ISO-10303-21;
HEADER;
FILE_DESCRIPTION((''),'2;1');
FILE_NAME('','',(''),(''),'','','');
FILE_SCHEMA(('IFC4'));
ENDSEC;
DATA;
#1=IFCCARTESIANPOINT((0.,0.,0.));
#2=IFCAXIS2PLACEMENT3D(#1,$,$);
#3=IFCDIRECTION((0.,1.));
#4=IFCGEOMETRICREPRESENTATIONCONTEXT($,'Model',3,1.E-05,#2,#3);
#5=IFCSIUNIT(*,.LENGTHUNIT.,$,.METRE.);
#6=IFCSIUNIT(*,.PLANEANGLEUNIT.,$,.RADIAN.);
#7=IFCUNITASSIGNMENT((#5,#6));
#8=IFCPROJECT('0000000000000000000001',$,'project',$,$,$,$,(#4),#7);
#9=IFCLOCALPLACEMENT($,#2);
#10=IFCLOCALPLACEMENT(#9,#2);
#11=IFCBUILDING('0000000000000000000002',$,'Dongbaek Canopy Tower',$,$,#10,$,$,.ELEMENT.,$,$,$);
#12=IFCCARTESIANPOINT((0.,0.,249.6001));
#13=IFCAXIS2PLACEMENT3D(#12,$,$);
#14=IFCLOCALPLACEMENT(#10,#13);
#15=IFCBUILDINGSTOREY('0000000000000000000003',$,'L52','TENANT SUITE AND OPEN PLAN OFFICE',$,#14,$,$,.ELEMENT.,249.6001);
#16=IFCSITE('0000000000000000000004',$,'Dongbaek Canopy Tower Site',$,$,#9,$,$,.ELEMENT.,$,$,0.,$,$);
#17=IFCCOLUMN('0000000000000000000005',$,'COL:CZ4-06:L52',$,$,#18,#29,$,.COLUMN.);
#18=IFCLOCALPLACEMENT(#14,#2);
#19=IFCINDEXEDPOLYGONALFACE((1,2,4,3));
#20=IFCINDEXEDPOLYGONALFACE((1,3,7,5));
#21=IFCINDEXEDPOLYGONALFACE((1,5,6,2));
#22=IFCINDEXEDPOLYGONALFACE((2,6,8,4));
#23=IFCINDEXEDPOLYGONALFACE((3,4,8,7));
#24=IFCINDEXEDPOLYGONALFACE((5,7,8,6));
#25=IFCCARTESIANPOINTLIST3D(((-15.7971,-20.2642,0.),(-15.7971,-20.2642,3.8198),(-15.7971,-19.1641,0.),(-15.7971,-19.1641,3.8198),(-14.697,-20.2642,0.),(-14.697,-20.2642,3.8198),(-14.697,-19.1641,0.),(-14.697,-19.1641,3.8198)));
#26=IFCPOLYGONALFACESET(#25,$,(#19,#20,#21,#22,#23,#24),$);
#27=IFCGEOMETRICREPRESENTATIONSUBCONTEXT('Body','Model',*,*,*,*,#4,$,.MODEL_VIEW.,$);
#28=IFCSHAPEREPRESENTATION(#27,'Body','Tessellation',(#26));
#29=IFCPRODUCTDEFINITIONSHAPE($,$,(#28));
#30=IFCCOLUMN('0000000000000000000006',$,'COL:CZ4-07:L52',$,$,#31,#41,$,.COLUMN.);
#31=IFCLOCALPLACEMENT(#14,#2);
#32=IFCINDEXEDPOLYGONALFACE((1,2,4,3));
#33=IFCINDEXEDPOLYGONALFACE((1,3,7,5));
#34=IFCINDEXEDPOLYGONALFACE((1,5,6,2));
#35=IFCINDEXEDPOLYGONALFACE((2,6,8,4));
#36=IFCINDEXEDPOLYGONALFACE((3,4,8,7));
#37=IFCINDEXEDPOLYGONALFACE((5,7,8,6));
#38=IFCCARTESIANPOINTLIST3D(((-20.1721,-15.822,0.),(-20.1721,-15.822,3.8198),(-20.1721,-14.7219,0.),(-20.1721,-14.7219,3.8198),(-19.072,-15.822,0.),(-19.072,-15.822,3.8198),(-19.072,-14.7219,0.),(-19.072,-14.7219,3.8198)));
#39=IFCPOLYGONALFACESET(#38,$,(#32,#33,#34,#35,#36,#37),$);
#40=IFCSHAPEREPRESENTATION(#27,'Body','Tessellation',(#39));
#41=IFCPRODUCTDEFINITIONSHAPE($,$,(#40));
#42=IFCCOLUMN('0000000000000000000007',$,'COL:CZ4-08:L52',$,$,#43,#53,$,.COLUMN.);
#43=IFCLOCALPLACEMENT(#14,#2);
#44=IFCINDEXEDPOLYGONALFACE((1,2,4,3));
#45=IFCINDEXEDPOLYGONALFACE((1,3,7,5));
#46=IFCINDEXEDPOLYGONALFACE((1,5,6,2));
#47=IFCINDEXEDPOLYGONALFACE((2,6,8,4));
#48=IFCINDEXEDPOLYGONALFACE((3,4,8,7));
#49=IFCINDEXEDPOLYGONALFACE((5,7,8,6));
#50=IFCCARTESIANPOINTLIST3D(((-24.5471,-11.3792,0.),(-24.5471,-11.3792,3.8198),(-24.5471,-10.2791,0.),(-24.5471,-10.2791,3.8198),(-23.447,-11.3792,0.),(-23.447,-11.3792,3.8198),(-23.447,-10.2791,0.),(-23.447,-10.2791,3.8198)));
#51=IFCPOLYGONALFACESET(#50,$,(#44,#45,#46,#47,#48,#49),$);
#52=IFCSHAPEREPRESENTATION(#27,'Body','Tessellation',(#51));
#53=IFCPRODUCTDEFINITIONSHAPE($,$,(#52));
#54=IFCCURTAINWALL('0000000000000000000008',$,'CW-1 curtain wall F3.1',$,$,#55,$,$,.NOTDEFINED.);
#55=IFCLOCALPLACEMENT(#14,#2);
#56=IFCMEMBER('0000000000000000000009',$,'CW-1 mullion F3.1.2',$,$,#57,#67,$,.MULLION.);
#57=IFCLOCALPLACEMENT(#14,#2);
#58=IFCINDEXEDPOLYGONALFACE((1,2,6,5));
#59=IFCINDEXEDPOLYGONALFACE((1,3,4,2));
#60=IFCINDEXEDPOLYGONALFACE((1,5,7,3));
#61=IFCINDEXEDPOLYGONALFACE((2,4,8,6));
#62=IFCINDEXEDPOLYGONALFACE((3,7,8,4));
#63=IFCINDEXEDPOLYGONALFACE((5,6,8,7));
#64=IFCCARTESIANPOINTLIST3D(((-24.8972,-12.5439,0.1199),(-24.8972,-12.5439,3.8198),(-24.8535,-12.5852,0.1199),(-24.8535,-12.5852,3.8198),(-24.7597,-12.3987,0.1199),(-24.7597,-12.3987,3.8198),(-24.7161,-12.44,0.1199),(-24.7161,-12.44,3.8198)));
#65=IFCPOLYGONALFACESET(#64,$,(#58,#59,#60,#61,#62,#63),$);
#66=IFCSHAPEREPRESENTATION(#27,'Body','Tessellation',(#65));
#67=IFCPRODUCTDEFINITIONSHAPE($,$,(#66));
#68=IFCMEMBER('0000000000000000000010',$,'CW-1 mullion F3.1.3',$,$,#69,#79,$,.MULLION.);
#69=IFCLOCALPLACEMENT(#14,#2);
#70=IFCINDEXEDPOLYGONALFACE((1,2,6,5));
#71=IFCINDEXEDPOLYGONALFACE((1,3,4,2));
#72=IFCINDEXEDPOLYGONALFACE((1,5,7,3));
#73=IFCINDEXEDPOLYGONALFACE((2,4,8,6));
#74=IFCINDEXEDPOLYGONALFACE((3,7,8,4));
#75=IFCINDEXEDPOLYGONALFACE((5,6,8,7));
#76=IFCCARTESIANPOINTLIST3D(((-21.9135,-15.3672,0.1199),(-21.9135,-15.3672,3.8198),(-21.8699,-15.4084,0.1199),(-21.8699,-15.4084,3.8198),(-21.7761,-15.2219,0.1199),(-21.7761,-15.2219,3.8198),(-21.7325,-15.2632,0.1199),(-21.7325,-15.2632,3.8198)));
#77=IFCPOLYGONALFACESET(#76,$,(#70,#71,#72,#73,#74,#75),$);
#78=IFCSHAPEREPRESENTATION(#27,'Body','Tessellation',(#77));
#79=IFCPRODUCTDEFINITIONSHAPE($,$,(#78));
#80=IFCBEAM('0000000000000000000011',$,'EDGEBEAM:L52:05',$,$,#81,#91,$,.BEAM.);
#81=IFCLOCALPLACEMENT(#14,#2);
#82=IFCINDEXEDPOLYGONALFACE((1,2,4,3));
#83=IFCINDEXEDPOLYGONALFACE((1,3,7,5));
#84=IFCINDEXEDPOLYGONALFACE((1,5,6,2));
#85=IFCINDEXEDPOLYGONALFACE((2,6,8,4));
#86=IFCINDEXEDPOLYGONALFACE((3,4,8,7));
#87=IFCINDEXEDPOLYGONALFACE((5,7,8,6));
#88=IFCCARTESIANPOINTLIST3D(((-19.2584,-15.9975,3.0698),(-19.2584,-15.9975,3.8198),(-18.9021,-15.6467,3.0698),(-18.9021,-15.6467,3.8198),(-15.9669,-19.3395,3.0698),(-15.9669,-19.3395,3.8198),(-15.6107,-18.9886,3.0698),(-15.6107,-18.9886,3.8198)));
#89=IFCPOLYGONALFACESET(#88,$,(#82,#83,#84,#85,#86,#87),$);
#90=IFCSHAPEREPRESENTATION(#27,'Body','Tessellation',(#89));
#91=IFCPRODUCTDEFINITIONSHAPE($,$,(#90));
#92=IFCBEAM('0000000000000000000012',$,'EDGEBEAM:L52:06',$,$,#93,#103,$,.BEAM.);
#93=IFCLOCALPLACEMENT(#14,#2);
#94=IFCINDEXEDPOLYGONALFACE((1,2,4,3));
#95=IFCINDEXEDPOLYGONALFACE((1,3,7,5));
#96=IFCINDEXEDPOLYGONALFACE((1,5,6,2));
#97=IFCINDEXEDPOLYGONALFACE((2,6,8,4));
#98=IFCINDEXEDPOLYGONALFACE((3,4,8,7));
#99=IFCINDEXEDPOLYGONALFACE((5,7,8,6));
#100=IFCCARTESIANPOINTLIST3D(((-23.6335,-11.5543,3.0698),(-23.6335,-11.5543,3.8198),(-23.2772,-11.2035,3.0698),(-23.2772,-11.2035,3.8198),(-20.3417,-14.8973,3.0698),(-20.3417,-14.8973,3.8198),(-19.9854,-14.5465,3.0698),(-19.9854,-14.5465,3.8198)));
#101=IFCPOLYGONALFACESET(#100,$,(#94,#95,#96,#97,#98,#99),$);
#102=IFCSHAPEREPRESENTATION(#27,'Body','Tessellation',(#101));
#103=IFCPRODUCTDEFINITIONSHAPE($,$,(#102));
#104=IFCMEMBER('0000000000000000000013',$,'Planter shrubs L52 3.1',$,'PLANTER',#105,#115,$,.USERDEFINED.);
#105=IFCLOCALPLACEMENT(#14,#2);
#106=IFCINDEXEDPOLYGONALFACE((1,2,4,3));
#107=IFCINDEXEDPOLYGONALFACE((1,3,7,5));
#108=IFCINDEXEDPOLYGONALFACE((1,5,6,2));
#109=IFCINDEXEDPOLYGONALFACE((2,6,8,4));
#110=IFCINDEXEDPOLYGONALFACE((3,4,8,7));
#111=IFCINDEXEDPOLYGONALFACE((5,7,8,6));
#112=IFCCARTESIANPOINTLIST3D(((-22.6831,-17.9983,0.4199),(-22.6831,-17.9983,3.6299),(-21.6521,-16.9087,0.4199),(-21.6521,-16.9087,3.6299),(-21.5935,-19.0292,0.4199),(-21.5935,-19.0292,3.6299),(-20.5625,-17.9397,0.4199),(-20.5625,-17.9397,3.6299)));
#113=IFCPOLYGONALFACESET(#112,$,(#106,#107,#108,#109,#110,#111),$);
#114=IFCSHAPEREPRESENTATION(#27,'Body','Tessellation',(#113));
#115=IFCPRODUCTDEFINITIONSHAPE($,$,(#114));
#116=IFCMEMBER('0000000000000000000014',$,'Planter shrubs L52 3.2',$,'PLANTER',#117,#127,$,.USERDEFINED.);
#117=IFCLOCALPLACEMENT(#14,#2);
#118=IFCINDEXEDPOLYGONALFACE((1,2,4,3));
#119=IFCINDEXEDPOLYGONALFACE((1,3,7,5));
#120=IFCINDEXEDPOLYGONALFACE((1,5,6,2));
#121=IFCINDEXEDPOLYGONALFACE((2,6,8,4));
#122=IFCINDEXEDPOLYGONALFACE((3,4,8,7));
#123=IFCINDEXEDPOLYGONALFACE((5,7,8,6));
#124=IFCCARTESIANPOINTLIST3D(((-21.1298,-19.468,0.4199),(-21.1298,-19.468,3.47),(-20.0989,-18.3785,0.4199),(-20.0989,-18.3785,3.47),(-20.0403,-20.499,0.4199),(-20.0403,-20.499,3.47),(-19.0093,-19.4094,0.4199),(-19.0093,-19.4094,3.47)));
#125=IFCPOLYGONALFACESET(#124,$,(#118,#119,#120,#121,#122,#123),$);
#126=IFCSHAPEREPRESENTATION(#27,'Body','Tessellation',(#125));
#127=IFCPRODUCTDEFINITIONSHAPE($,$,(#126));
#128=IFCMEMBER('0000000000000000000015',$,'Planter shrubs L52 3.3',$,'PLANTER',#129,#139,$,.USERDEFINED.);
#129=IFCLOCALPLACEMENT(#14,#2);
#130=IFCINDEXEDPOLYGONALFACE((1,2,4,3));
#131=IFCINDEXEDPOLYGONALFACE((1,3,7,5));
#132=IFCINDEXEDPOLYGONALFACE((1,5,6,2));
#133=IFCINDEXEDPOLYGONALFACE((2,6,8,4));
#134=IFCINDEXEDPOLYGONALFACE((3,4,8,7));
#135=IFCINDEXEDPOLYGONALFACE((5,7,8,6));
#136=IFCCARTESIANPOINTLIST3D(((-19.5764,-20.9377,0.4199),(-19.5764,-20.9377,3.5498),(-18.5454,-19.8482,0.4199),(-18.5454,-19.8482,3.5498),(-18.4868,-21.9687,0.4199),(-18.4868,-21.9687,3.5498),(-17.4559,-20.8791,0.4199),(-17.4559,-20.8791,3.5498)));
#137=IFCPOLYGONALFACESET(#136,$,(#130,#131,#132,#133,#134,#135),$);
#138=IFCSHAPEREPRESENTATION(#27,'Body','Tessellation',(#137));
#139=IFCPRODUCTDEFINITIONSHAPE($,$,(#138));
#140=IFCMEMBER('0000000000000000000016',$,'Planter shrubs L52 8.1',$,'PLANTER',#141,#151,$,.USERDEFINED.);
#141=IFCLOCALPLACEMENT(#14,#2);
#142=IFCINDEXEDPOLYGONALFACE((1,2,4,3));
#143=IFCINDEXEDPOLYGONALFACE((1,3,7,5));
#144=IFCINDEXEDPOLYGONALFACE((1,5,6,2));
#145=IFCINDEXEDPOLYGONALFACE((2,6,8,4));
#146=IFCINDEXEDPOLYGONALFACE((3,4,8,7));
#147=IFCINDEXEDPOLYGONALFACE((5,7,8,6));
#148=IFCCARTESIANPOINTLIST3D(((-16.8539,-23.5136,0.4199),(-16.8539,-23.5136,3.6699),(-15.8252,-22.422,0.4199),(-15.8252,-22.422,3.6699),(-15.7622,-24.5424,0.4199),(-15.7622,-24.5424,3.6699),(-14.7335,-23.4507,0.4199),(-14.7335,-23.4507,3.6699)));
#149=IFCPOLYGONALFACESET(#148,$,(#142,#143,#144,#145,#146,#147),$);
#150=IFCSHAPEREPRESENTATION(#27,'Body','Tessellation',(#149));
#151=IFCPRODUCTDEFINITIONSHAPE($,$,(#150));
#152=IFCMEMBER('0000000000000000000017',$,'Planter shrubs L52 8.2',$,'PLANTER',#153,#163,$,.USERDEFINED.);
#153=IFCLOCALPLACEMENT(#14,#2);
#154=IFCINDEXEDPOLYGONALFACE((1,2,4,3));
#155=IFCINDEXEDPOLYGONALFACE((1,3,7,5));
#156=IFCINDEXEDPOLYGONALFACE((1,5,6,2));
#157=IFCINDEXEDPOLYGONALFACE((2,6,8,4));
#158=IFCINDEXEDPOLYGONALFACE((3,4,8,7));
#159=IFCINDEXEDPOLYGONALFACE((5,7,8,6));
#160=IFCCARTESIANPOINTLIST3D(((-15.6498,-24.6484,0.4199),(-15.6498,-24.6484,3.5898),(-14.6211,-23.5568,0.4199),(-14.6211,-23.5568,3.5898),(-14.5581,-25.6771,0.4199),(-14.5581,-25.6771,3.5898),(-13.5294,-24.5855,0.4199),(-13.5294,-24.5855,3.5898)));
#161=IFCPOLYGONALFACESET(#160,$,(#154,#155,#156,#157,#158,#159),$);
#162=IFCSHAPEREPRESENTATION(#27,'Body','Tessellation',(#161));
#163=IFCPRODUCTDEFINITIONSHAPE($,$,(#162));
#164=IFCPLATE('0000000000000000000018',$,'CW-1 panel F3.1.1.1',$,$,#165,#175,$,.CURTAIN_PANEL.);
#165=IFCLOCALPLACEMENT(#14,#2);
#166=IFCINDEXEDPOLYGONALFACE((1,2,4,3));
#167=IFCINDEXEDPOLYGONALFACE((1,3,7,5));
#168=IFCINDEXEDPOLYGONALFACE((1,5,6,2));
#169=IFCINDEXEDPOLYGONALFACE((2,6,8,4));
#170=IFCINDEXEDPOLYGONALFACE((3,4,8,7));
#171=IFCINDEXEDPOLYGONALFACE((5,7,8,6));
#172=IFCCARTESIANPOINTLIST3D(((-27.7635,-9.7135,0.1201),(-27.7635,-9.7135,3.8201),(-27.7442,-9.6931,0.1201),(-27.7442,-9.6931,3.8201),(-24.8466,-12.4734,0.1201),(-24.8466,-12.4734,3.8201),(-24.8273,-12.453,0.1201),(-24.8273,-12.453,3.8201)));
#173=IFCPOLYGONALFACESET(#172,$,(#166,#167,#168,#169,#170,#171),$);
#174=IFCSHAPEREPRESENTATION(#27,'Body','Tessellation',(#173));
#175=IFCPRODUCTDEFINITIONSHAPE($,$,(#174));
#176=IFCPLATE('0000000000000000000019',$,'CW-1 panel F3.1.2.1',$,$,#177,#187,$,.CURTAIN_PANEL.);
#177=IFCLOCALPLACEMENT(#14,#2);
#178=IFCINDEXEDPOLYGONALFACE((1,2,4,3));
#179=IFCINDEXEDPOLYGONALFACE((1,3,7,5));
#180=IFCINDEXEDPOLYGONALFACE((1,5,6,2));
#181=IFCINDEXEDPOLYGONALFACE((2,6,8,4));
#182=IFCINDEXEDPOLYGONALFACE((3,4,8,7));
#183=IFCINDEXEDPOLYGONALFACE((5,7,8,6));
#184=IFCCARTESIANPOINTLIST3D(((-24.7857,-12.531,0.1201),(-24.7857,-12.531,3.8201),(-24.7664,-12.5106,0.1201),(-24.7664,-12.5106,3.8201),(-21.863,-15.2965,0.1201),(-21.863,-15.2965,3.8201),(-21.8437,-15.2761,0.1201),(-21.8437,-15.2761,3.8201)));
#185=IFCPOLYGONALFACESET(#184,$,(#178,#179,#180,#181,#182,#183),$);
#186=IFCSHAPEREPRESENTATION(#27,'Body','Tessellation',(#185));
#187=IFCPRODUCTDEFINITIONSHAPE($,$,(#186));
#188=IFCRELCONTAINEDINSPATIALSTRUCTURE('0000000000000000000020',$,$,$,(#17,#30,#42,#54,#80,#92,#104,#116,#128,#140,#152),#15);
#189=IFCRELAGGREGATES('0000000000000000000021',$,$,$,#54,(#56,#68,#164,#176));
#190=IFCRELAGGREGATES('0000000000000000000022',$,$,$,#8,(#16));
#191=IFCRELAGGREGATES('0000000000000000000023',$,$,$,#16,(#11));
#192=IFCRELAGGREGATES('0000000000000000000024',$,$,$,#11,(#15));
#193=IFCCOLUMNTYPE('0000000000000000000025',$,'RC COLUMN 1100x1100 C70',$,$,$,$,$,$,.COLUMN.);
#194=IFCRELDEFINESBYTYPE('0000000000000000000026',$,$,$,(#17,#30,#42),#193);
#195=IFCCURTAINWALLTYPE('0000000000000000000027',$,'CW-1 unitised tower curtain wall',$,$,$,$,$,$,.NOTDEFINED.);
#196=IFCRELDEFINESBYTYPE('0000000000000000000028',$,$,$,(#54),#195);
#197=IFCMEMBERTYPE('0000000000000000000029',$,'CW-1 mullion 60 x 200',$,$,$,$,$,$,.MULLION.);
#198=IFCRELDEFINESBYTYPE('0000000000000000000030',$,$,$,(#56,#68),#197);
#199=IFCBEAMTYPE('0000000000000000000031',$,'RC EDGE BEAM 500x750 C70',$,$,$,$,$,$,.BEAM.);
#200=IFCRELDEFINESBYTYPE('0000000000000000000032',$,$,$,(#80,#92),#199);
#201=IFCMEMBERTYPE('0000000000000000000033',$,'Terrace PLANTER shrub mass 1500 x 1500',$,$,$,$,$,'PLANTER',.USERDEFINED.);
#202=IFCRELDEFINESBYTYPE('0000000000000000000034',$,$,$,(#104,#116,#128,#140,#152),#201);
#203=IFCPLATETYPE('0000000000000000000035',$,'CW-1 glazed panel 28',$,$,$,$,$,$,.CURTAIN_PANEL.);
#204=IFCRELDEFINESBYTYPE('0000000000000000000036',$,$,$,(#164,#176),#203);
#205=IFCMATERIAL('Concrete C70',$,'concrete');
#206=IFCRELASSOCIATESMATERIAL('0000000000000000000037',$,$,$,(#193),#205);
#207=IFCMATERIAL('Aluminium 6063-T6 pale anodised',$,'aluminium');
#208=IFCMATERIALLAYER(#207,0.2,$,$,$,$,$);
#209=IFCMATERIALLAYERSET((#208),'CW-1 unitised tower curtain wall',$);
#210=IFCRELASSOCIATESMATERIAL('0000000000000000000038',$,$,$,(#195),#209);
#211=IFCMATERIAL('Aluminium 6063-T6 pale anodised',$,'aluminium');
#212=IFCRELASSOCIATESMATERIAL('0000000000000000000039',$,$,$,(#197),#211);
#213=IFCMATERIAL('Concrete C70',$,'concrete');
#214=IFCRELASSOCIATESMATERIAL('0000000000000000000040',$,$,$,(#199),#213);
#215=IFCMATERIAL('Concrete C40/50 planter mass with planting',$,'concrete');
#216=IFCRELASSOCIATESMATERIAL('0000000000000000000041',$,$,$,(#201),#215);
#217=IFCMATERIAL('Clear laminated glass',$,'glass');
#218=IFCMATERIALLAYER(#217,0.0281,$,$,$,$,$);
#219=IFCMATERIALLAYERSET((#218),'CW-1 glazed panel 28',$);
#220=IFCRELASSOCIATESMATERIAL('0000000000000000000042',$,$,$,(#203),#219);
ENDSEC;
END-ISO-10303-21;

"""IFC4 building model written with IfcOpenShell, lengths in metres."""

from ifc_helpers import new_model, si_unit, direction, frame, origin, origin_2d, place, context, subcontext, project, spatial, rectangle, extrude, material, layer, layer_set, material_profile, profile_set, type_object, element, aggregate, save


model = new_model("IFC4")

# Units and contexts
model_context = context("Model", 3, precision=1e-05, world=origin(), true_north=direction((0.0, 1.0)))
body_context = subcontext(model_context, "Body", "Model", "MODEL_VIEW")
ifc_project = project(units=[si_unit("LENGTHUNIT", "METRE"), si_unit("PLANEANGLEUNIT", "RADIAN")], contexts=[model_context])

# Site, building, storey
site_placement = place(None, origin())
site = spatial("IfcSite", under=ifc_project, at=site_placement, Name="Dongbaek Canopy Tower Site", CompositionType="ELEMENT", RefElevation=0.0)
building_placement = place(site_placement, origin())
building = spatial("IfcBuilding", under=site, at=building_placement, Name="Dongbaek Canopy Tower", CompositionType="ELEMENT")
storey_placement = place(building_placement, frame((0.0, 0.0, 249.6001)))
storey = spatial("IfcBuildingStorey", under=building, at=storey_placement, Name="L52", Description="TENANT SUITE AND OPEN PLAN OFFICE", CompositionType="ELEMENT", Elevation=249.6001)

# Columns
ifc_material_1 = material(Name="Concrete C70", Category="concrete")
ifc_material_profile_1 = material_profile(ifc_material_1, rectangle(XDim=1.1001, YDim=1.1001, at=origin_2d()), Name="RC COLUMN 1100x1100 C70")
ifc_profile_set_1 = profile_set([ifc_material_profile_1], Name="Concrete C70")
column_type = type_object("IfcColumnType", Name="RC COLUMN 1100x1100 C70", PredefinedType="COLUMN", material=ifc_profile_set_1)
for number, where, z_axis, x_axis, name in (
    (1, (-15.2471, -19.7141, 0.0), (0.0, 0.0, 1.0), (1.0, 0.0, 0.0), "COL:CZ4-06:L52"),
    (2, (-19.6221, -15.272, 0.0), (0.0, 0.0, 1.0), (1.0, 0.0, 0.0), "COL:CZ4-07:L52"),
    (3, (-23.9971, -10.8291, 0.0), (0.0, 0.0, 1.0), (1.0, 0.0, 0.0), "COL:CZ4-08:L52"),
):
    element("IfcColumn", number, at=place(storey_placement, frame(where, z_axis=z_axis, x_axis=x_axis)), inside=storey, type_object=column_type, Name=name, PredefinedType="COLUMN", context=body_context, shape_type="SweptSolid", body=[
        extrude(rectangle(XDim=1.1001, YDim=1.1001, at=origin_2d()), origin(), (0.0, 0.0, 1.0), 3.8198),
    ])

# Curtain wall, members
ifc_material_2 = material(Name="Aluminium 6063-T6 pale anodised", Category="aluminium")
ifc_layer_1 = layer(ifc_material_2, 0.2)
ifc_layer_set_1 = layer_set([ifc_layer_1], Name="CW-1 unitised tower curtain wall")
curtain_wall_type = type_object("IfcCurtainWallType", Name="CW-1 unitised tower curtain wall", PredefinedType="NOTDEFINED", material=ifc_layer_set_1)
curtain_wall_placement = place(storey_placement, origin())
curtain_wall = element("IfcCurtainWall", 4, at=curtain_wall_placement, inside=storey, type_object=curtain_wall_type, Name="CW-1 curtain wall F3.1", PredefinedType="NOTDEFINED")
ifc_material_3 = material(Name="Aluminium 6063-T6 pale anodised", Category="aluminium")
ifc_material_profile_2 = material_profile(ifc_material_3, rectangle(XDim=0.2, YDim=0.0601, at=origin_2d()), Name="CW-1 mullion 60 x 200")
ifc_profile_set_2 = profile_set([ifc_material_profile_2], Name="Aluminium 6063-T6 pale anodised")
member_type_1 = type_object("IfcMemberType", Name="CW-1 mullion 60 x 200", PredefinedType="MULLION", material=ifc_profile_set_2)
member_1_placement = place(storey_placement, frame((-24.8066, -12.4919, 0.1199), z_axis=(0.0, 0.0, 1.0), x_axis=(-0.687305, -0.726369, 0.0)))
member_1 = element("IfcMember", 5, at=member_1_placement, type_object=member_type_1, Name="CW-1 mullion F3.1.2", PredefinedType="MULLION", context=body_context, shape_type="SweptSolid", body=[
    extrude(rectangle(XDim=0.2, YDim=0.0601, at=origin_2d()), origin(), (0.0, 0.0, 1.0), 3.7),
])
member_2_placement = place(storey_placement, frame((-21.823, -15.3152, 0.1199), z_axis=(0.0, 0.0, 1.0), x_axis=(-0.687305, -0.726369, 0.0)))
member_2 = element("IfcMember", 6, at=member_2_placement, type_object=member_type_1, Name="CW-1 mullion F3.1.3", PredefinedType="MULLION", context=body_context, shape_type="SweptSolid", body=[
    extrude(rectangle(XDim=0.2, YDim=0.0601, at=origin_2d()), origin(), (0.0, 0.0, 1.0), 3.7),
])

# Beams
ifc_material_4 = material(Name="Concrete C70", Category="concrete")
ifc_material_profile_3 = material_profile(ifc_material_4, rectangle(XDim=0.5, YDim=0.75, at=origin_2d()), Name="RC EDGE BEAM 500x750 C70")
ifc_profile_set_3 = profile_set([ifc_material_profile_3], Name="Concrete C70")
beam_type = type_object("IfcBeamType", Name="RC EDGE BEAM 500x750 C70", PredefinedType="BEAM", material=ifc_profile_set_3)
beam_1_placement = place(storey_placement, frame((-15.7888, -19.1641, 3.4448), z_axis=(-0.701699, 0.712473, 0.0), x_axis=(-0.712473, -0.701699, 0.0)))
element("IfcBeam", 7, at=beam_1_placement, inside=storey, type_object=beam_type, Name="EDGEBEAM:L52:05", PredefinedType="BEAM", context=body_context, shape_type="SweptSolid", body=[
    extrude(rectangle(XDim=0.5, YDim=0.75, at=origin_2d()), origin(), (0.0, 0.0, 1.0), 4.6907),
])
beam_2_placement = place(storey_placement, frame((-20.1636, -14.7219, 3.4448), z_axis=(-0.701622, 0.71255, 0.0), x_axis=(-0.71255, -0.701622, 0.0)))
element("IfcBeam", 8, at=beam_2_placement, inside=storey, type_object=beam_type, Name="EDGEBEAM:L52:06", PredefinedType="BEAM", context=body_context, shape_type="SweptSolid", body=[
    extrude(rectangle(XDim=0.5, YDim=0.75, at=origin_2d()), origin(), (0.0, 0.0, 1.0), 4.6917),
])

# Members
ifc_material_5 = material(Name="Concrete C40/50 planter mass with planting", Category="concrete")
ifc_material_profile_4 = material_profile(ifc_material_5, rectangle(XDim=1.5, YDim=1.5, at=origin_2d()), Name="Terrace PLANTER shrub mass 1500 x 1500")
ifc_profile_set_4 = profile_set([ifc_material_profile_4], Name="Concrete C40/50 planter mass with planting")
member_type_2 = type_object("IfcMemberType", Name="Terrace PLANTER shrub mass 1500 x 1500", ElementType="PLANTER", PredefinedType="USERDEFINED", material=ifc_profile_set_4)
member_3_placement = place(storey_placement, frame((-21.6228, -17.969, 0.4199), z_axis=(0.0, 0.0, 1.0), x_axis=(-0.687305, -0.726369, 0.0)))
element("IfcMember", 9, at=member_3_placement, inside=storey, type_object=member_type_2, Name="Planter shrubs L52 3.1", ObjectType="PLANTER", PredefinedType="USERDEFINED", context=body_context, shape_type="SweptSolid", body=[
    extrude(rectangle(XDim=1.5, YDim=1.5, at=origin_2d()), origin(), (0.0, 0.0, 1.0), 3.21),
])
member_4_placement = place(storey_placement, frame((-20.0696, -19.4387, 0.4199), z_axis=(0.0, 0.0, 1.0), x_axis=(-0.687305, -0.726369, 0.0)))
element("IfcMember", 10, at=member_4_placement, inside=storey, type_object=member_type_2, Name="Planter shrubs L52 3.2", ObjectType="PLANTER", PredefinedType="USERDEFINED", context=body_context, shape_type="SweptSolid", body=[
    extrude(rectangle(XDim=1.5, YDim=1.5, at=origin_2d()), origin(), (0.0, 0.0, 1.0), 3.05),
])
member_5_placement = place(storey_placement, frame((-18.5161, -20.9084, 0.4199), z_axis=(0.0, 0.0, 1.0), x_axis=(-0.687305, -0.726369, 0.0)))
element("IfcMember", 11, at=member_5_placement, inside=storey, type_object=member_type_2, Name="Planter shrubs L52 3.3", ObjectType="PLANTER", PredefinedType="USERDEFINED", context=body_context, shape_type="SweptSolid", body=[
    extrude(rectangle(XDim=1.5, YDim=1.5, at=origin_2d()), origin(), (0.0, 0.0, 1.0), 3.1299),
])
member_6_placement = place(storey_placement, frame((-15.7937, -23.4822, 0.4199), z_axis=(0.0, 0.0, 1.0), x_axis=(-0.685817, -0.727774, 0.0)))
element("IfcMember", 12, at=member_6_placement, inside=storey, type_object=member_type_2, Name="Planter shrubs L52 8.1", ObjectType="PLANTER", PredefinedType="USERDEFINED", context=body_context, shape_type="SweptSolid", body=[
    extrude(rectangle(XDim=1.5, YDim=1.5, at=origin_2d()), origin(), (0.0, 0.0, 1.0), 3.25),
])
member_7_placement = place(storey_placement, frame((-14.5896, -24.6169, 0.4199), z_axis=(0.0, 0.0, 1.0), x_axis=(-0.685817, -0.727774, 0.0)))
element("IfcMember", 13, at=member_7_placement, inside=storey, type_object=member_type_2, Name="Planter shrubs L52 8.2", ObjectType="PLANTER", PredefinedType="USERDEFINED", context=body_context, shape_type="SweptSolid", body=[
    extrude(rectangle(XDim=1.5, YDim=1.5, at=origin_2d()), origin(), (0.0, 0.0, 1.0), 3.1699),
])

# Plates
ifc_material_6 = material(Name="Clear laminated glass", Category="glass")
ifc_layer_2 = layer(ifc_material_6, 0.0281)
ifc_layer_set_2 = layer_set([ifc_layer_2], Name="CW-1 glazed panel 28")
plate_type = type_object("IfcPlateType", Name="CW-1 glazed panel 28", PredefinedType="CURTAIN_PANEL", material=ifc_layer_set_2)
plate_1_placement = place(storey_placement, frame((-26.2954, -11.0833, 0.1201), z_axis=(0.0, 0.0, 1.0), x_axis=(0.726369, -0.687305, 0.0)))
plate_1 = element("IfcPlate", 14, at=plate_1_placement, type_object=plate_type, Name="CW-1 panel F3.1.1.1", PredefinedType="CURTAIN_PANEL", context=body_context, shape_type="SweptSolid", body=[
    extrude(rectangle(XDim=4.0156, YDim=0.0281, at=origin_2d()), origin(), (0.0, 0.0, 1.0), 3.7),
])
plate_2_placement = place(storey_placement, frame((-23.3147, -13.9036, 0.1201), z_axis=(0.0, 0.0, 1.0), x_axis=(0.726369, -0.687305, 0.0)))
plate_2 = element("IfcPlate", 15, at=plate_2_placement, type_object=plate_type, Name="CW-1 panel F3.1.2.1", PredefinedType="CURTAIN_PANEL", context=body_context, shape_type="SweptSolid", body=[
    extrude(rectangle(XDim=4.0237, YDim=0.0281, at=origin_2d()), origin(), (0.0, 0.0, 1.0), 3.7),
])

aggregate(curtain_wall, [member_1, member_2, plate_1, plate_2])

save(model, "model.ifc")
